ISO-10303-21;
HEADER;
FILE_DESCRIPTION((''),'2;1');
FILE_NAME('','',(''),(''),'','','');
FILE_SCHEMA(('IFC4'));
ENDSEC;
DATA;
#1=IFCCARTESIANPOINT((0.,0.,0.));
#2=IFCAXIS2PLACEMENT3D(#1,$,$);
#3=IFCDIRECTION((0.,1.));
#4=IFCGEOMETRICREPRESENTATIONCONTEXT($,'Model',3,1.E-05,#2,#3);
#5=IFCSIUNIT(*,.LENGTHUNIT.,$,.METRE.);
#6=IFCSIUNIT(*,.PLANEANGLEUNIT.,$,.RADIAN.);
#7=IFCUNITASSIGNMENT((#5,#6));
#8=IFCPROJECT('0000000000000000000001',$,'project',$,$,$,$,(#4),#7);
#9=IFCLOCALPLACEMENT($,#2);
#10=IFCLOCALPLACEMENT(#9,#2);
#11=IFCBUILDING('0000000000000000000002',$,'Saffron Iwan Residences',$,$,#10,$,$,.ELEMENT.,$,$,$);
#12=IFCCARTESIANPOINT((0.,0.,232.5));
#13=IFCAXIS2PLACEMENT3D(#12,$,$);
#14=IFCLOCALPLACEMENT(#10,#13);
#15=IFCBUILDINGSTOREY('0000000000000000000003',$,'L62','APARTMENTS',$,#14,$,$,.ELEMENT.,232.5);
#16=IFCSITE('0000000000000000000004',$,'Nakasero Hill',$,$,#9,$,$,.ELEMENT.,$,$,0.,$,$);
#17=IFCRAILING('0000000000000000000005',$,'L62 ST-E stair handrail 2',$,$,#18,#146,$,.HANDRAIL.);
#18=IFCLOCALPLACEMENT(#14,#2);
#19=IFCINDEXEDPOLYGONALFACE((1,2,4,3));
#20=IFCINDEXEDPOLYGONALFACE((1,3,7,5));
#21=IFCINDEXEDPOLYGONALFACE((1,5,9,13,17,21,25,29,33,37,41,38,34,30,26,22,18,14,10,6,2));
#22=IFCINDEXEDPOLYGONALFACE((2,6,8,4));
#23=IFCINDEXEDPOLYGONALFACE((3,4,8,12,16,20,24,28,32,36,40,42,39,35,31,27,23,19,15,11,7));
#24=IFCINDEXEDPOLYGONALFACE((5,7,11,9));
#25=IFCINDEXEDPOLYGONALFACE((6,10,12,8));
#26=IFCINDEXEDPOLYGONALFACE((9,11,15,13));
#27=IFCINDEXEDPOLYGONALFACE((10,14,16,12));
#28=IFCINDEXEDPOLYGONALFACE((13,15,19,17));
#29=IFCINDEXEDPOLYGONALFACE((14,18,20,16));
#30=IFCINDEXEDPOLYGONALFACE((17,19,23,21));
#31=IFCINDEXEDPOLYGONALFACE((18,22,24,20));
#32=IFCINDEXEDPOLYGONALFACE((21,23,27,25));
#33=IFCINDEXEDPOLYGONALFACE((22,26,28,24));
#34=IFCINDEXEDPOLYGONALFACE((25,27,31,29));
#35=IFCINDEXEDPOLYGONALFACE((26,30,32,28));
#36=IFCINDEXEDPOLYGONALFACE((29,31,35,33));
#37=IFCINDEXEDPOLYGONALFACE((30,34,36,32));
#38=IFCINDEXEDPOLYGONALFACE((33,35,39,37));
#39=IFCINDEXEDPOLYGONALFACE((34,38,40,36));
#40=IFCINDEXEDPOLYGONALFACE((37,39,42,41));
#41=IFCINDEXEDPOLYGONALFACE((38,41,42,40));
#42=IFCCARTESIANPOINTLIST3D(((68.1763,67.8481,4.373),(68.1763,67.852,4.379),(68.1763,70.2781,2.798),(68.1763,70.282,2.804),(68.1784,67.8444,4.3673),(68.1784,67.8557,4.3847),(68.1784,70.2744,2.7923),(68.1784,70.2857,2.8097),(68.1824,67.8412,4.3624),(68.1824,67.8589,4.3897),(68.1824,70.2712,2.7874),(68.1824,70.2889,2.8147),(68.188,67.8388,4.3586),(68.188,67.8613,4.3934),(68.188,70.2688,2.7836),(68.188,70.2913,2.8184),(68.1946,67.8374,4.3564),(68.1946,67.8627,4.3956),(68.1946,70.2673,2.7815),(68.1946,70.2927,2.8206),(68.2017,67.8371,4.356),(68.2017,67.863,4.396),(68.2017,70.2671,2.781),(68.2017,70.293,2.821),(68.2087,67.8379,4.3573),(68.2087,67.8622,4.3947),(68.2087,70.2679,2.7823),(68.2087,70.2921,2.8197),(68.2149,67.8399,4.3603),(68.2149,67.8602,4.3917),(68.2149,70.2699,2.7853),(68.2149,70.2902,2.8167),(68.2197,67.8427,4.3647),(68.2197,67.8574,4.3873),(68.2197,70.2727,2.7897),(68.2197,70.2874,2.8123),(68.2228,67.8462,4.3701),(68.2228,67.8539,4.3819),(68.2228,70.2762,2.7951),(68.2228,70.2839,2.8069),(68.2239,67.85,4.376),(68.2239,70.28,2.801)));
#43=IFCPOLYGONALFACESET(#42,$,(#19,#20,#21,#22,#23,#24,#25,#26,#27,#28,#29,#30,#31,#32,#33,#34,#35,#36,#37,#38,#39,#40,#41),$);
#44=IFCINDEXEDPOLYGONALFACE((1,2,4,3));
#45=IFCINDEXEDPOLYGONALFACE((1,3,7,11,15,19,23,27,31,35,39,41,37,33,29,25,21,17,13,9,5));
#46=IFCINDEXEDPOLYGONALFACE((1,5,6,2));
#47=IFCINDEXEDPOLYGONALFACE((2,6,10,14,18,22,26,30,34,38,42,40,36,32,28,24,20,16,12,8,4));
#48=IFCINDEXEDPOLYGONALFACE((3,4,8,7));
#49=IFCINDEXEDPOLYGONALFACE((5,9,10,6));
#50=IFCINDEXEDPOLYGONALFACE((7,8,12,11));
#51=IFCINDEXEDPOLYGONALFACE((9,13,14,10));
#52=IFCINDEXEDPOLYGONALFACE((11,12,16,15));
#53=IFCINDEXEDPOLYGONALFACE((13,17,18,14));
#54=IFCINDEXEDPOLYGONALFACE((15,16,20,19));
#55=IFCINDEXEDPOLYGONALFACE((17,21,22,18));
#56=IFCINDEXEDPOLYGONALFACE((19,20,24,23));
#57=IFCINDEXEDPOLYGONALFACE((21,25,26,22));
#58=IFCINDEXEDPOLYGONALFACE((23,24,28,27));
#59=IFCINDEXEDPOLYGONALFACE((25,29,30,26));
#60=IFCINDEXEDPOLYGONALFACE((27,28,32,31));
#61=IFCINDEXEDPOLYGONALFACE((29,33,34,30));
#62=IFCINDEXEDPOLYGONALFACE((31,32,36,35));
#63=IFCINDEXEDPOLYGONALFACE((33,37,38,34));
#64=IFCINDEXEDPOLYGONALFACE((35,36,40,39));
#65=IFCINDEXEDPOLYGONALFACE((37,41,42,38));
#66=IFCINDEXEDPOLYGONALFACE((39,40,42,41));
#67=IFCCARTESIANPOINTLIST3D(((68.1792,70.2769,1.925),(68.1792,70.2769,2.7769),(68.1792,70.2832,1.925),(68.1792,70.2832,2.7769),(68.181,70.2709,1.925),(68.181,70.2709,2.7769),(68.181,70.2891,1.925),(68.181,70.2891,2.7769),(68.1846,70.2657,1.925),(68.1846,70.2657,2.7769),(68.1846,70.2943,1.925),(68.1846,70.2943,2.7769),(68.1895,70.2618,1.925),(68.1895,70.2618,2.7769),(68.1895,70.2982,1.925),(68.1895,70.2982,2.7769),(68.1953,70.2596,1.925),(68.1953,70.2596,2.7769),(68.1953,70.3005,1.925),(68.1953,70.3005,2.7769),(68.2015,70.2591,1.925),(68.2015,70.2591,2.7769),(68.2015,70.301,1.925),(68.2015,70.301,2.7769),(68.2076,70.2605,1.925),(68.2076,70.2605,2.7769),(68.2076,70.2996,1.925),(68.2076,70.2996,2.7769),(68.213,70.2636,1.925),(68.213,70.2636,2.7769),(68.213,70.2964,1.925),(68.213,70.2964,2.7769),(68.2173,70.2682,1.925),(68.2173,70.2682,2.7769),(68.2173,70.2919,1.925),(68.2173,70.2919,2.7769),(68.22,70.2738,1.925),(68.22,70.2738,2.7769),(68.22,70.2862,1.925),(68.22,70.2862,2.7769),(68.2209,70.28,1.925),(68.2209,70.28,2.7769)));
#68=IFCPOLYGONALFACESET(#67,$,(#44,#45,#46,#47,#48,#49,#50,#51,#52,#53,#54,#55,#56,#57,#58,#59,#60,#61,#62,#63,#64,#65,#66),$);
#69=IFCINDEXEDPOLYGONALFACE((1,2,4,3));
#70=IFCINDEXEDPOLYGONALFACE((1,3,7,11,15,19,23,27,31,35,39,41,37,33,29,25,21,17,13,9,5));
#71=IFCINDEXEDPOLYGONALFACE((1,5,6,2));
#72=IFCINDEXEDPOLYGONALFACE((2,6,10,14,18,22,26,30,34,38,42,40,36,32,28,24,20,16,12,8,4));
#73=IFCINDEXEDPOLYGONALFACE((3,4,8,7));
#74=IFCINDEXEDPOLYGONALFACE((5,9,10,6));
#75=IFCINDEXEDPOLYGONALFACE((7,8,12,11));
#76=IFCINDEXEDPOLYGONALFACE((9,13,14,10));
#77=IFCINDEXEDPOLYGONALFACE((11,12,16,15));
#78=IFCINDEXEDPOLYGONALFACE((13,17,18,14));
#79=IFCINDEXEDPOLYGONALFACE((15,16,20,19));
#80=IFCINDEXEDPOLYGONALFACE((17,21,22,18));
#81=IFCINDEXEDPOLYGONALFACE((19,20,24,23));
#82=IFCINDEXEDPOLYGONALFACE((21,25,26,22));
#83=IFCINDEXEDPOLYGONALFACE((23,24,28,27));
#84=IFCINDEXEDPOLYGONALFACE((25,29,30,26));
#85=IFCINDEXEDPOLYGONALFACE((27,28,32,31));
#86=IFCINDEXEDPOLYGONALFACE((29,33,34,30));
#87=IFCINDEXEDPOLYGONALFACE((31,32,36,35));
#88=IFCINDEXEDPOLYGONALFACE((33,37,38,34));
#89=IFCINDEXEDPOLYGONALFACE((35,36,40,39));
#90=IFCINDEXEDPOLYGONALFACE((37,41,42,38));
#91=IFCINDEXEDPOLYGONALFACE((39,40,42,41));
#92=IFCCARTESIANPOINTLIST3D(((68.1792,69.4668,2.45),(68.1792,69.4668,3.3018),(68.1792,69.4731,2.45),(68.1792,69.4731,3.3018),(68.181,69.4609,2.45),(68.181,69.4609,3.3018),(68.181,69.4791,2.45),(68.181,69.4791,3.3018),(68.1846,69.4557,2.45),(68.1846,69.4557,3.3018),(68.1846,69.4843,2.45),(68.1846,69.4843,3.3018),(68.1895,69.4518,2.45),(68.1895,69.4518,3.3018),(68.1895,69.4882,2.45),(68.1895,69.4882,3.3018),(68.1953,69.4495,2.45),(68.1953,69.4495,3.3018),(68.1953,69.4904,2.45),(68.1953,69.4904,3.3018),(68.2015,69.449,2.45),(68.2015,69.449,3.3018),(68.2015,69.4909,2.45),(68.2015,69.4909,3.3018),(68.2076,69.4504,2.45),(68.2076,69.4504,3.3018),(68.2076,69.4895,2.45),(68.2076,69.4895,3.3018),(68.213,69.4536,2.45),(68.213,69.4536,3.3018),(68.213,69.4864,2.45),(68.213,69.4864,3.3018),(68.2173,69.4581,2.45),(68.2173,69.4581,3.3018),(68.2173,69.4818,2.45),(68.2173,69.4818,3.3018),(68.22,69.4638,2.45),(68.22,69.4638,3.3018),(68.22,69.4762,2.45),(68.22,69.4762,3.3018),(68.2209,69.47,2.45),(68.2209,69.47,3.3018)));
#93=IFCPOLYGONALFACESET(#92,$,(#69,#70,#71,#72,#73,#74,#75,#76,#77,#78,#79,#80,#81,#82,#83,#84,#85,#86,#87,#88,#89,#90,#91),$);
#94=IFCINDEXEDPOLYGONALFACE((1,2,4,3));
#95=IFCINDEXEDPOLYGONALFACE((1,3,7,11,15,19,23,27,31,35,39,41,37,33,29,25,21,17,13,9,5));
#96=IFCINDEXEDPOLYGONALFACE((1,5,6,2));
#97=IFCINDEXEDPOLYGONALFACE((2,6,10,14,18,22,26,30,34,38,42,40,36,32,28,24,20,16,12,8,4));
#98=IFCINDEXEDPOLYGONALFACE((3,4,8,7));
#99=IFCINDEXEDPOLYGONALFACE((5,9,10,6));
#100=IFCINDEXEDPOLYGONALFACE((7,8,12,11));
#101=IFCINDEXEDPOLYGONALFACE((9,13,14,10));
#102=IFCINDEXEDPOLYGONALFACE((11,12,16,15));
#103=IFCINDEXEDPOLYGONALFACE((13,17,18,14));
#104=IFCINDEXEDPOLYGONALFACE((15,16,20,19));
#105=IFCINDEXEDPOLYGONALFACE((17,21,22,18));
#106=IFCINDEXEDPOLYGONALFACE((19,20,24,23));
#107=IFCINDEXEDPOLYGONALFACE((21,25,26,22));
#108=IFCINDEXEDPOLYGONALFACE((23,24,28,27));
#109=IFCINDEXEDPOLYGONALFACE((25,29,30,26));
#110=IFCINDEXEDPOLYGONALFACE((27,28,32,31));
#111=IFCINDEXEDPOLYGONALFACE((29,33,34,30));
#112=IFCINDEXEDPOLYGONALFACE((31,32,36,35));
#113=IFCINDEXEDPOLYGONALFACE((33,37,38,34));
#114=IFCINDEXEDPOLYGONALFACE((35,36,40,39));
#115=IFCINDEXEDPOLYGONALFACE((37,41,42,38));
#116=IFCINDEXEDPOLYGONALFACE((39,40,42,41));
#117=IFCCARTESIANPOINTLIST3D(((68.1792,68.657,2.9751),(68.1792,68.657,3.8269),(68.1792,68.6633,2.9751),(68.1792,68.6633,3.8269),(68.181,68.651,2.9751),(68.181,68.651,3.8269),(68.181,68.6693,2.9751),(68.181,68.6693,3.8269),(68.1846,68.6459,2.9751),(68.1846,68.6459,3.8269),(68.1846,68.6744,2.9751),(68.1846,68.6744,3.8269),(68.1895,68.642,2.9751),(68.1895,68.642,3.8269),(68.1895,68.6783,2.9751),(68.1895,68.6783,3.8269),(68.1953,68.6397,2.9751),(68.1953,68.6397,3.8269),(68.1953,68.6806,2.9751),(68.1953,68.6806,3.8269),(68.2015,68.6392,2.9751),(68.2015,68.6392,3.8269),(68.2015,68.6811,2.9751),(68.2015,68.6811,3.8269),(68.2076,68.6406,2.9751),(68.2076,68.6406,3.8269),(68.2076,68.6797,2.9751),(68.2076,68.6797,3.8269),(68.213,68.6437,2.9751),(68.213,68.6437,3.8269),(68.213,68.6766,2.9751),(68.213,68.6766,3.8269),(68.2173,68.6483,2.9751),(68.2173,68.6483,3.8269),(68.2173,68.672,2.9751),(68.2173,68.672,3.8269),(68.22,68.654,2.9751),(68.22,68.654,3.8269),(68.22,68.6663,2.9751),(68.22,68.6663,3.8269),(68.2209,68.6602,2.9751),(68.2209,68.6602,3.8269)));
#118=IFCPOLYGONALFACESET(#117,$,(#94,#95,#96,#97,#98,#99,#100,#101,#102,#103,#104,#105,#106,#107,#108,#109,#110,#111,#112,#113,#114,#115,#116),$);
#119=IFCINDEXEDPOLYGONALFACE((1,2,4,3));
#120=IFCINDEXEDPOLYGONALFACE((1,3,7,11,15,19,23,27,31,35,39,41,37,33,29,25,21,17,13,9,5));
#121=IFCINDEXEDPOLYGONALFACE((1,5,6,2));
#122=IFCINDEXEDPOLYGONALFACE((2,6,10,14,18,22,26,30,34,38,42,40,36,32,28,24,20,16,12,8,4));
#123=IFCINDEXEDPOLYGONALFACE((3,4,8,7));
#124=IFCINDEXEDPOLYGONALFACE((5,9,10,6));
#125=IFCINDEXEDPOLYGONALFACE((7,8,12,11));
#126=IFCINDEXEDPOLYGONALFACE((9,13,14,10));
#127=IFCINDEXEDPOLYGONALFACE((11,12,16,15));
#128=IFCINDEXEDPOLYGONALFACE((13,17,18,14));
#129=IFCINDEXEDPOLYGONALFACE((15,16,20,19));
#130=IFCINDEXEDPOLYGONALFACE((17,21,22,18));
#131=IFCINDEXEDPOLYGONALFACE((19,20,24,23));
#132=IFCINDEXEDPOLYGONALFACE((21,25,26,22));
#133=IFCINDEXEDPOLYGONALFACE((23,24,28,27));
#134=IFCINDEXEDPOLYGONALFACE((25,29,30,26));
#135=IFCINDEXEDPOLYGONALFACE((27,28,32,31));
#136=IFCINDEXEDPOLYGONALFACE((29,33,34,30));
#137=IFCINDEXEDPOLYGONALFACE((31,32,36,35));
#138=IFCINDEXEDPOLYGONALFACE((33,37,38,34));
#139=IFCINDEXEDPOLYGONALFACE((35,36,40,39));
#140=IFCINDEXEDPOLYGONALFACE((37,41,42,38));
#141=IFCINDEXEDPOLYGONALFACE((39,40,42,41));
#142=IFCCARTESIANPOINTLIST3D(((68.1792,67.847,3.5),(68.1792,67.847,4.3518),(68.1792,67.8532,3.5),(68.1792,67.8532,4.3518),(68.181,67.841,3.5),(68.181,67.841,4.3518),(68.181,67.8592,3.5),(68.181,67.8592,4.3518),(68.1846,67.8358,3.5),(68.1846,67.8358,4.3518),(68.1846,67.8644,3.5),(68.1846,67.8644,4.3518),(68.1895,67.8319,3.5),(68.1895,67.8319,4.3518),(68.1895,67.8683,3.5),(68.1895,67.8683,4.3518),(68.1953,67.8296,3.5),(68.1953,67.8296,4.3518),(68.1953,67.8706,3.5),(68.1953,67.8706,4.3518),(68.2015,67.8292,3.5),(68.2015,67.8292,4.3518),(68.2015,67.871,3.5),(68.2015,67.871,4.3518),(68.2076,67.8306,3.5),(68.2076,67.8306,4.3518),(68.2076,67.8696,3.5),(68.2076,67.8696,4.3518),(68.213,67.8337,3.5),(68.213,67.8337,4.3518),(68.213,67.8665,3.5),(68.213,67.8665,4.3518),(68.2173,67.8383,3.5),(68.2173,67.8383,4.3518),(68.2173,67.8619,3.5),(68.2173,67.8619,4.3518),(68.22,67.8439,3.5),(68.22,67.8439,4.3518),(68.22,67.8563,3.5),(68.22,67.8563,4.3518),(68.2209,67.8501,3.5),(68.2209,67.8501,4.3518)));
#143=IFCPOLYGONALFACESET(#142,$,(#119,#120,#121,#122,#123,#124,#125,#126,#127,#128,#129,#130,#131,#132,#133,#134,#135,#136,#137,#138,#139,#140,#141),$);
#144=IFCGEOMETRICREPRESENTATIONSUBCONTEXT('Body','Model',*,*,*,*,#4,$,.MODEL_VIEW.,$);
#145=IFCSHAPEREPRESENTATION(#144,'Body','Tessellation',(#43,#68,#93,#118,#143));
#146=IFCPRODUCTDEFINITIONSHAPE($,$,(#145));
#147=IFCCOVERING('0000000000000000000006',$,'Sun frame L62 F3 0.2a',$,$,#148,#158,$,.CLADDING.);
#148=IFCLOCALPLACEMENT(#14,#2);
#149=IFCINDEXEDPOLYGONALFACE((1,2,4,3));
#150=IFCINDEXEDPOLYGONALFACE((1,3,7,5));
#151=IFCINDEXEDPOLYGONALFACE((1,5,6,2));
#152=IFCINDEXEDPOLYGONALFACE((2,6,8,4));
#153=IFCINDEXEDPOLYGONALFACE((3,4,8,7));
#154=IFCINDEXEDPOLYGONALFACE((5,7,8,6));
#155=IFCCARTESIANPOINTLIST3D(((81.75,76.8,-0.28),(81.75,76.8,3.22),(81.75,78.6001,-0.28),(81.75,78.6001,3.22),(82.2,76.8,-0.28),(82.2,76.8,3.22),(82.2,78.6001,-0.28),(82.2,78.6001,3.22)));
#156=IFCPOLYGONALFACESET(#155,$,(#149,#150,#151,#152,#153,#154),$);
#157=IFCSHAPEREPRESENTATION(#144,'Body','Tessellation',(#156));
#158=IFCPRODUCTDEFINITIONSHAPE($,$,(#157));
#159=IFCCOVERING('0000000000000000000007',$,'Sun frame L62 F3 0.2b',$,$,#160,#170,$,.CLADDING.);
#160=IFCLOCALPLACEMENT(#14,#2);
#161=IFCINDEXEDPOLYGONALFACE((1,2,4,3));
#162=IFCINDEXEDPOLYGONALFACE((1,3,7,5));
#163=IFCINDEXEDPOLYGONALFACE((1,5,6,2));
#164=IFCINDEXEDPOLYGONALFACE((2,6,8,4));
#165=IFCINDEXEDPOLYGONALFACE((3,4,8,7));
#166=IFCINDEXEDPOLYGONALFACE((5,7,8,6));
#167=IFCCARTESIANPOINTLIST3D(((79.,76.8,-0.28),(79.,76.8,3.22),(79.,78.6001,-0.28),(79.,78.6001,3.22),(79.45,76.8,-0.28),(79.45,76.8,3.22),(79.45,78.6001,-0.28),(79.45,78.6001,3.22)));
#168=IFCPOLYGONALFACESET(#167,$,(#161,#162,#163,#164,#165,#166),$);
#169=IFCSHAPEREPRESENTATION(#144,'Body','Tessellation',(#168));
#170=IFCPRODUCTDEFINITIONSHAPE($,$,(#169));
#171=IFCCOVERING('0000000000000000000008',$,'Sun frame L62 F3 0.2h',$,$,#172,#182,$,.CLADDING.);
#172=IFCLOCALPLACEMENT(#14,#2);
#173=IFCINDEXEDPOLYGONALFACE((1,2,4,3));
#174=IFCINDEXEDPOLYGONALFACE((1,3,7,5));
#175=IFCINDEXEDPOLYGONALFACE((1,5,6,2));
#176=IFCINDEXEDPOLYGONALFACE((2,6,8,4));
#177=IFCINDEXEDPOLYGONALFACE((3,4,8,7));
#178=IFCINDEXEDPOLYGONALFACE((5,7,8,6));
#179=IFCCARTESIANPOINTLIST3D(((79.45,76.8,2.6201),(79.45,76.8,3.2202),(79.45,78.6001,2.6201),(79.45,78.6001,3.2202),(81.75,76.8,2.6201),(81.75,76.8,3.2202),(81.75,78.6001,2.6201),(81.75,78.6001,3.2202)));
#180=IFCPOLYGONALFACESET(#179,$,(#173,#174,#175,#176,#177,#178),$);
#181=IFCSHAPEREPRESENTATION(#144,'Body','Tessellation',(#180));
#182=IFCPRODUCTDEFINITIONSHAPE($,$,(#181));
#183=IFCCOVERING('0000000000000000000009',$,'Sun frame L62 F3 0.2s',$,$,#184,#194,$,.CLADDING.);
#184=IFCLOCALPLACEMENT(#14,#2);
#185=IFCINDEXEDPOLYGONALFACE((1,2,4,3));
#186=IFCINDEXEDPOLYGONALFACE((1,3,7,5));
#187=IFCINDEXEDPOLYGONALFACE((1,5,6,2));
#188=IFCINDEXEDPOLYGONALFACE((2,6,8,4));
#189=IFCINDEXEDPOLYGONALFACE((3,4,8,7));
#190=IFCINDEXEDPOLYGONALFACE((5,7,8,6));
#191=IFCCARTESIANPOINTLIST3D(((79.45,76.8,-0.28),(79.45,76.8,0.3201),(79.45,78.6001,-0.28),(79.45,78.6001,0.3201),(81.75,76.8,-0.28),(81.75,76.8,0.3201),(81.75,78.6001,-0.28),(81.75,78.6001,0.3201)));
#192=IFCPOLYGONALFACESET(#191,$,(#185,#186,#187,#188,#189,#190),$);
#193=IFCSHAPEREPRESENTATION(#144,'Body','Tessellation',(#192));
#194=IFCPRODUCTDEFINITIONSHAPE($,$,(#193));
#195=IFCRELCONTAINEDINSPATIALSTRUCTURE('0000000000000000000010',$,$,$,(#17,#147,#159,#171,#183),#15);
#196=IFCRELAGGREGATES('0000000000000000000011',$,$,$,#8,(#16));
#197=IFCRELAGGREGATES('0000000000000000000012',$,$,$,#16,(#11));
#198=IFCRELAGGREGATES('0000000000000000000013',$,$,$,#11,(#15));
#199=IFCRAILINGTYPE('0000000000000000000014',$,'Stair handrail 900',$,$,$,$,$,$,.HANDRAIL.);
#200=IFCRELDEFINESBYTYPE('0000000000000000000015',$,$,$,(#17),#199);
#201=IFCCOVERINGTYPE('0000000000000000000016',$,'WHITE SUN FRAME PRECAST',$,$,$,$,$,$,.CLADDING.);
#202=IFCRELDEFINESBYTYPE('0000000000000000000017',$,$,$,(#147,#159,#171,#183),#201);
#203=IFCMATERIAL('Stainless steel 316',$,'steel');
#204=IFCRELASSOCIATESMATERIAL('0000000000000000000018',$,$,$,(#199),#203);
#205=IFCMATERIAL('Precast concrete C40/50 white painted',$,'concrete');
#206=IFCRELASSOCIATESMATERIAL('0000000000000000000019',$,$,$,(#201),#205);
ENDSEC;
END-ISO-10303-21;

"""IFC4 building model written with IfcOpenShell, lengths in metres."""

from ifc_helpers import new_model, si_unit, direction, frame, origin, origin_2d, place, context, subcontext, project, spatial, polyline, circle, outline, extrude, material, type_object, element, save


model = new_model("IFC4")

# Units and contexts
model_context = context("Model", 3, precision=1e-05, world=origin(), true_north=direction((0.0, 1.0)))
body_context = subcontext(model_context, "Body", "Model", "MODEL_VIEW")
ifc_project = project(units=[si_unit("LENGTHUNIT", "METRE"), si_unit("PLANEANGLEUNIT", "RADIAN")], contexts=[model_context])

# Site, building, storey
site_placement = place(None, origin())
site = spatial("IfcSite", under=ifc_project, at=site_placement, Name="Nakasero Hill", CompositionType="ELEMENT", RefElevation=0.0)
building_placement = place(site_placement, origin())
building = spatial("IfcBuilding", under=site, at=building_placement, Name="Saffron Iwan Residences", CompositionType="ELEMENT")
storey_placement = place(building_placement, frame((0.0, 0.0, 232.5)))
storey = spatial("IfcBuildingStorey", under=building, at=storey_placement, Name="L62", Description="APARTMENTS", CompositionType="ELEMENT", Elevation=232.5)

# Railing
ifc_material_1 = material(Name="Stainless steel 316", Category="steel")
railing_type = type_object("IfcRailingType", Name="Stair handrail 900", PredefinedType="HANDRAIL", material=ifc_material_1)
railing_placement = place(storey_placement, frame((68.2, 70.28, 1.925)))
element("IfcRailing", 1, at=railing_placement, inside=storey, type_object=railing_type, Name="L62 ST-E stair handrail 2", PredefinedType="HANDRAIL", context=body_context, shape_type="SweptSolid", body=[
    extrude(circle(Radius=0.0239, at=origin_2d()), frame((0.0, 0.0, 0.876), z_axis=(0.0, -0.839154, 0.543894), x_axis=(1.0, 0.0, 0.0)), (0.0, 0.0, 1.0), 2.8958),
    extrude(circle(Radius=0.021, at=origin_2d()), origin(), (0.0, 0.0, 1.0), 0.8518),
    extrude(circle(Radius=0.021, at=origin_2d()), frame((0.0, -0.8101, 0.5249)), (0.0, 0.0, 1.0), 0.8518),
    extrude(circle(Radius=0.021, at=origin_2d()), frame((0.0, -1.6199, 1.05)), (0.0, 0.0, 1.0), 0.8518),
    extrude(circle(Radius=0.021, at=origin_2d()), frame((0.0, -2.4299, 1.575)), (0.0, 0.0, 1.0), 0.8518),
])

# Coverings
ifc_material_2 = material(Name="Precast concrete C40/50 white painted", Category="concrete")
covering_type_1 = type_object("IfcCoveringType", Name="WHITE SUN FRAME PRECAST", PredefinedType="CLADDING", material=ifc_material_2)
for number, where, z_axis, x_axis, name in (
    (2, (82.2, 76.8, -0.28), (0.0, 1.0, 0.0), (-1.0, 0.0, 0.0), "Sun frame L62 F3 0.2a"),
    (3, (79.45, 76.8, -0.28), (0.0, 1.0, 0.0), (-1.0, 0.0, 0.0), "Sun frame L62 F3 0.2b"),
):
    element("IfcCovering", number, at=place(storey_placement, frame(where, z_axis=z_axis, x_axis=x_axis)), inside=storey, type_object=covering_type_1, Name=name, PredefinedType="CLADDING", context=body_context, shape_type="SweptSolid", body=[
        extrude(outline(polyline([(0.0, 0.0), (0.45, 0.0), (0.45, 3.5), (0.0, 3.5), (0.0, 0.0)])), origin(), (0.0, 0.0, 1.0), 1.8),
    ])
for number, where, z_axis, x_axis, name in (
    (4, (81.75, 76.8, 2.6201), (0.0, 1.0, 0.0), (-1.0, 0.0, 0.0), "Sun frame L62 F3 0.2h"),
    (5, (81.75, 76.8, -0.28), (0.0, 1.0, 0.0), (-1.0, 0.0, 0.0), "Sun frame L62 F3 0.2s"),
):
    element("IfcCovering", number, at=place(storey_placement, frame(where, z_axis=z_axis, x_axis=x_axis)), inside=storey, type_object=covering_type_1, Name=name, PredefinedType="CLADDING", context=body_context, shape_type="SweptSolid", body=[
        extrude(outline(polyline([(0.0, 0.0), (2.3, 0.0), (2.3, 0.6001), (0.0, 0.6001), (0.0, 0.0)])), origin(), (0.0, 0.0, 1.0), 1.8),
    ])

save(model, "model.ifc")
